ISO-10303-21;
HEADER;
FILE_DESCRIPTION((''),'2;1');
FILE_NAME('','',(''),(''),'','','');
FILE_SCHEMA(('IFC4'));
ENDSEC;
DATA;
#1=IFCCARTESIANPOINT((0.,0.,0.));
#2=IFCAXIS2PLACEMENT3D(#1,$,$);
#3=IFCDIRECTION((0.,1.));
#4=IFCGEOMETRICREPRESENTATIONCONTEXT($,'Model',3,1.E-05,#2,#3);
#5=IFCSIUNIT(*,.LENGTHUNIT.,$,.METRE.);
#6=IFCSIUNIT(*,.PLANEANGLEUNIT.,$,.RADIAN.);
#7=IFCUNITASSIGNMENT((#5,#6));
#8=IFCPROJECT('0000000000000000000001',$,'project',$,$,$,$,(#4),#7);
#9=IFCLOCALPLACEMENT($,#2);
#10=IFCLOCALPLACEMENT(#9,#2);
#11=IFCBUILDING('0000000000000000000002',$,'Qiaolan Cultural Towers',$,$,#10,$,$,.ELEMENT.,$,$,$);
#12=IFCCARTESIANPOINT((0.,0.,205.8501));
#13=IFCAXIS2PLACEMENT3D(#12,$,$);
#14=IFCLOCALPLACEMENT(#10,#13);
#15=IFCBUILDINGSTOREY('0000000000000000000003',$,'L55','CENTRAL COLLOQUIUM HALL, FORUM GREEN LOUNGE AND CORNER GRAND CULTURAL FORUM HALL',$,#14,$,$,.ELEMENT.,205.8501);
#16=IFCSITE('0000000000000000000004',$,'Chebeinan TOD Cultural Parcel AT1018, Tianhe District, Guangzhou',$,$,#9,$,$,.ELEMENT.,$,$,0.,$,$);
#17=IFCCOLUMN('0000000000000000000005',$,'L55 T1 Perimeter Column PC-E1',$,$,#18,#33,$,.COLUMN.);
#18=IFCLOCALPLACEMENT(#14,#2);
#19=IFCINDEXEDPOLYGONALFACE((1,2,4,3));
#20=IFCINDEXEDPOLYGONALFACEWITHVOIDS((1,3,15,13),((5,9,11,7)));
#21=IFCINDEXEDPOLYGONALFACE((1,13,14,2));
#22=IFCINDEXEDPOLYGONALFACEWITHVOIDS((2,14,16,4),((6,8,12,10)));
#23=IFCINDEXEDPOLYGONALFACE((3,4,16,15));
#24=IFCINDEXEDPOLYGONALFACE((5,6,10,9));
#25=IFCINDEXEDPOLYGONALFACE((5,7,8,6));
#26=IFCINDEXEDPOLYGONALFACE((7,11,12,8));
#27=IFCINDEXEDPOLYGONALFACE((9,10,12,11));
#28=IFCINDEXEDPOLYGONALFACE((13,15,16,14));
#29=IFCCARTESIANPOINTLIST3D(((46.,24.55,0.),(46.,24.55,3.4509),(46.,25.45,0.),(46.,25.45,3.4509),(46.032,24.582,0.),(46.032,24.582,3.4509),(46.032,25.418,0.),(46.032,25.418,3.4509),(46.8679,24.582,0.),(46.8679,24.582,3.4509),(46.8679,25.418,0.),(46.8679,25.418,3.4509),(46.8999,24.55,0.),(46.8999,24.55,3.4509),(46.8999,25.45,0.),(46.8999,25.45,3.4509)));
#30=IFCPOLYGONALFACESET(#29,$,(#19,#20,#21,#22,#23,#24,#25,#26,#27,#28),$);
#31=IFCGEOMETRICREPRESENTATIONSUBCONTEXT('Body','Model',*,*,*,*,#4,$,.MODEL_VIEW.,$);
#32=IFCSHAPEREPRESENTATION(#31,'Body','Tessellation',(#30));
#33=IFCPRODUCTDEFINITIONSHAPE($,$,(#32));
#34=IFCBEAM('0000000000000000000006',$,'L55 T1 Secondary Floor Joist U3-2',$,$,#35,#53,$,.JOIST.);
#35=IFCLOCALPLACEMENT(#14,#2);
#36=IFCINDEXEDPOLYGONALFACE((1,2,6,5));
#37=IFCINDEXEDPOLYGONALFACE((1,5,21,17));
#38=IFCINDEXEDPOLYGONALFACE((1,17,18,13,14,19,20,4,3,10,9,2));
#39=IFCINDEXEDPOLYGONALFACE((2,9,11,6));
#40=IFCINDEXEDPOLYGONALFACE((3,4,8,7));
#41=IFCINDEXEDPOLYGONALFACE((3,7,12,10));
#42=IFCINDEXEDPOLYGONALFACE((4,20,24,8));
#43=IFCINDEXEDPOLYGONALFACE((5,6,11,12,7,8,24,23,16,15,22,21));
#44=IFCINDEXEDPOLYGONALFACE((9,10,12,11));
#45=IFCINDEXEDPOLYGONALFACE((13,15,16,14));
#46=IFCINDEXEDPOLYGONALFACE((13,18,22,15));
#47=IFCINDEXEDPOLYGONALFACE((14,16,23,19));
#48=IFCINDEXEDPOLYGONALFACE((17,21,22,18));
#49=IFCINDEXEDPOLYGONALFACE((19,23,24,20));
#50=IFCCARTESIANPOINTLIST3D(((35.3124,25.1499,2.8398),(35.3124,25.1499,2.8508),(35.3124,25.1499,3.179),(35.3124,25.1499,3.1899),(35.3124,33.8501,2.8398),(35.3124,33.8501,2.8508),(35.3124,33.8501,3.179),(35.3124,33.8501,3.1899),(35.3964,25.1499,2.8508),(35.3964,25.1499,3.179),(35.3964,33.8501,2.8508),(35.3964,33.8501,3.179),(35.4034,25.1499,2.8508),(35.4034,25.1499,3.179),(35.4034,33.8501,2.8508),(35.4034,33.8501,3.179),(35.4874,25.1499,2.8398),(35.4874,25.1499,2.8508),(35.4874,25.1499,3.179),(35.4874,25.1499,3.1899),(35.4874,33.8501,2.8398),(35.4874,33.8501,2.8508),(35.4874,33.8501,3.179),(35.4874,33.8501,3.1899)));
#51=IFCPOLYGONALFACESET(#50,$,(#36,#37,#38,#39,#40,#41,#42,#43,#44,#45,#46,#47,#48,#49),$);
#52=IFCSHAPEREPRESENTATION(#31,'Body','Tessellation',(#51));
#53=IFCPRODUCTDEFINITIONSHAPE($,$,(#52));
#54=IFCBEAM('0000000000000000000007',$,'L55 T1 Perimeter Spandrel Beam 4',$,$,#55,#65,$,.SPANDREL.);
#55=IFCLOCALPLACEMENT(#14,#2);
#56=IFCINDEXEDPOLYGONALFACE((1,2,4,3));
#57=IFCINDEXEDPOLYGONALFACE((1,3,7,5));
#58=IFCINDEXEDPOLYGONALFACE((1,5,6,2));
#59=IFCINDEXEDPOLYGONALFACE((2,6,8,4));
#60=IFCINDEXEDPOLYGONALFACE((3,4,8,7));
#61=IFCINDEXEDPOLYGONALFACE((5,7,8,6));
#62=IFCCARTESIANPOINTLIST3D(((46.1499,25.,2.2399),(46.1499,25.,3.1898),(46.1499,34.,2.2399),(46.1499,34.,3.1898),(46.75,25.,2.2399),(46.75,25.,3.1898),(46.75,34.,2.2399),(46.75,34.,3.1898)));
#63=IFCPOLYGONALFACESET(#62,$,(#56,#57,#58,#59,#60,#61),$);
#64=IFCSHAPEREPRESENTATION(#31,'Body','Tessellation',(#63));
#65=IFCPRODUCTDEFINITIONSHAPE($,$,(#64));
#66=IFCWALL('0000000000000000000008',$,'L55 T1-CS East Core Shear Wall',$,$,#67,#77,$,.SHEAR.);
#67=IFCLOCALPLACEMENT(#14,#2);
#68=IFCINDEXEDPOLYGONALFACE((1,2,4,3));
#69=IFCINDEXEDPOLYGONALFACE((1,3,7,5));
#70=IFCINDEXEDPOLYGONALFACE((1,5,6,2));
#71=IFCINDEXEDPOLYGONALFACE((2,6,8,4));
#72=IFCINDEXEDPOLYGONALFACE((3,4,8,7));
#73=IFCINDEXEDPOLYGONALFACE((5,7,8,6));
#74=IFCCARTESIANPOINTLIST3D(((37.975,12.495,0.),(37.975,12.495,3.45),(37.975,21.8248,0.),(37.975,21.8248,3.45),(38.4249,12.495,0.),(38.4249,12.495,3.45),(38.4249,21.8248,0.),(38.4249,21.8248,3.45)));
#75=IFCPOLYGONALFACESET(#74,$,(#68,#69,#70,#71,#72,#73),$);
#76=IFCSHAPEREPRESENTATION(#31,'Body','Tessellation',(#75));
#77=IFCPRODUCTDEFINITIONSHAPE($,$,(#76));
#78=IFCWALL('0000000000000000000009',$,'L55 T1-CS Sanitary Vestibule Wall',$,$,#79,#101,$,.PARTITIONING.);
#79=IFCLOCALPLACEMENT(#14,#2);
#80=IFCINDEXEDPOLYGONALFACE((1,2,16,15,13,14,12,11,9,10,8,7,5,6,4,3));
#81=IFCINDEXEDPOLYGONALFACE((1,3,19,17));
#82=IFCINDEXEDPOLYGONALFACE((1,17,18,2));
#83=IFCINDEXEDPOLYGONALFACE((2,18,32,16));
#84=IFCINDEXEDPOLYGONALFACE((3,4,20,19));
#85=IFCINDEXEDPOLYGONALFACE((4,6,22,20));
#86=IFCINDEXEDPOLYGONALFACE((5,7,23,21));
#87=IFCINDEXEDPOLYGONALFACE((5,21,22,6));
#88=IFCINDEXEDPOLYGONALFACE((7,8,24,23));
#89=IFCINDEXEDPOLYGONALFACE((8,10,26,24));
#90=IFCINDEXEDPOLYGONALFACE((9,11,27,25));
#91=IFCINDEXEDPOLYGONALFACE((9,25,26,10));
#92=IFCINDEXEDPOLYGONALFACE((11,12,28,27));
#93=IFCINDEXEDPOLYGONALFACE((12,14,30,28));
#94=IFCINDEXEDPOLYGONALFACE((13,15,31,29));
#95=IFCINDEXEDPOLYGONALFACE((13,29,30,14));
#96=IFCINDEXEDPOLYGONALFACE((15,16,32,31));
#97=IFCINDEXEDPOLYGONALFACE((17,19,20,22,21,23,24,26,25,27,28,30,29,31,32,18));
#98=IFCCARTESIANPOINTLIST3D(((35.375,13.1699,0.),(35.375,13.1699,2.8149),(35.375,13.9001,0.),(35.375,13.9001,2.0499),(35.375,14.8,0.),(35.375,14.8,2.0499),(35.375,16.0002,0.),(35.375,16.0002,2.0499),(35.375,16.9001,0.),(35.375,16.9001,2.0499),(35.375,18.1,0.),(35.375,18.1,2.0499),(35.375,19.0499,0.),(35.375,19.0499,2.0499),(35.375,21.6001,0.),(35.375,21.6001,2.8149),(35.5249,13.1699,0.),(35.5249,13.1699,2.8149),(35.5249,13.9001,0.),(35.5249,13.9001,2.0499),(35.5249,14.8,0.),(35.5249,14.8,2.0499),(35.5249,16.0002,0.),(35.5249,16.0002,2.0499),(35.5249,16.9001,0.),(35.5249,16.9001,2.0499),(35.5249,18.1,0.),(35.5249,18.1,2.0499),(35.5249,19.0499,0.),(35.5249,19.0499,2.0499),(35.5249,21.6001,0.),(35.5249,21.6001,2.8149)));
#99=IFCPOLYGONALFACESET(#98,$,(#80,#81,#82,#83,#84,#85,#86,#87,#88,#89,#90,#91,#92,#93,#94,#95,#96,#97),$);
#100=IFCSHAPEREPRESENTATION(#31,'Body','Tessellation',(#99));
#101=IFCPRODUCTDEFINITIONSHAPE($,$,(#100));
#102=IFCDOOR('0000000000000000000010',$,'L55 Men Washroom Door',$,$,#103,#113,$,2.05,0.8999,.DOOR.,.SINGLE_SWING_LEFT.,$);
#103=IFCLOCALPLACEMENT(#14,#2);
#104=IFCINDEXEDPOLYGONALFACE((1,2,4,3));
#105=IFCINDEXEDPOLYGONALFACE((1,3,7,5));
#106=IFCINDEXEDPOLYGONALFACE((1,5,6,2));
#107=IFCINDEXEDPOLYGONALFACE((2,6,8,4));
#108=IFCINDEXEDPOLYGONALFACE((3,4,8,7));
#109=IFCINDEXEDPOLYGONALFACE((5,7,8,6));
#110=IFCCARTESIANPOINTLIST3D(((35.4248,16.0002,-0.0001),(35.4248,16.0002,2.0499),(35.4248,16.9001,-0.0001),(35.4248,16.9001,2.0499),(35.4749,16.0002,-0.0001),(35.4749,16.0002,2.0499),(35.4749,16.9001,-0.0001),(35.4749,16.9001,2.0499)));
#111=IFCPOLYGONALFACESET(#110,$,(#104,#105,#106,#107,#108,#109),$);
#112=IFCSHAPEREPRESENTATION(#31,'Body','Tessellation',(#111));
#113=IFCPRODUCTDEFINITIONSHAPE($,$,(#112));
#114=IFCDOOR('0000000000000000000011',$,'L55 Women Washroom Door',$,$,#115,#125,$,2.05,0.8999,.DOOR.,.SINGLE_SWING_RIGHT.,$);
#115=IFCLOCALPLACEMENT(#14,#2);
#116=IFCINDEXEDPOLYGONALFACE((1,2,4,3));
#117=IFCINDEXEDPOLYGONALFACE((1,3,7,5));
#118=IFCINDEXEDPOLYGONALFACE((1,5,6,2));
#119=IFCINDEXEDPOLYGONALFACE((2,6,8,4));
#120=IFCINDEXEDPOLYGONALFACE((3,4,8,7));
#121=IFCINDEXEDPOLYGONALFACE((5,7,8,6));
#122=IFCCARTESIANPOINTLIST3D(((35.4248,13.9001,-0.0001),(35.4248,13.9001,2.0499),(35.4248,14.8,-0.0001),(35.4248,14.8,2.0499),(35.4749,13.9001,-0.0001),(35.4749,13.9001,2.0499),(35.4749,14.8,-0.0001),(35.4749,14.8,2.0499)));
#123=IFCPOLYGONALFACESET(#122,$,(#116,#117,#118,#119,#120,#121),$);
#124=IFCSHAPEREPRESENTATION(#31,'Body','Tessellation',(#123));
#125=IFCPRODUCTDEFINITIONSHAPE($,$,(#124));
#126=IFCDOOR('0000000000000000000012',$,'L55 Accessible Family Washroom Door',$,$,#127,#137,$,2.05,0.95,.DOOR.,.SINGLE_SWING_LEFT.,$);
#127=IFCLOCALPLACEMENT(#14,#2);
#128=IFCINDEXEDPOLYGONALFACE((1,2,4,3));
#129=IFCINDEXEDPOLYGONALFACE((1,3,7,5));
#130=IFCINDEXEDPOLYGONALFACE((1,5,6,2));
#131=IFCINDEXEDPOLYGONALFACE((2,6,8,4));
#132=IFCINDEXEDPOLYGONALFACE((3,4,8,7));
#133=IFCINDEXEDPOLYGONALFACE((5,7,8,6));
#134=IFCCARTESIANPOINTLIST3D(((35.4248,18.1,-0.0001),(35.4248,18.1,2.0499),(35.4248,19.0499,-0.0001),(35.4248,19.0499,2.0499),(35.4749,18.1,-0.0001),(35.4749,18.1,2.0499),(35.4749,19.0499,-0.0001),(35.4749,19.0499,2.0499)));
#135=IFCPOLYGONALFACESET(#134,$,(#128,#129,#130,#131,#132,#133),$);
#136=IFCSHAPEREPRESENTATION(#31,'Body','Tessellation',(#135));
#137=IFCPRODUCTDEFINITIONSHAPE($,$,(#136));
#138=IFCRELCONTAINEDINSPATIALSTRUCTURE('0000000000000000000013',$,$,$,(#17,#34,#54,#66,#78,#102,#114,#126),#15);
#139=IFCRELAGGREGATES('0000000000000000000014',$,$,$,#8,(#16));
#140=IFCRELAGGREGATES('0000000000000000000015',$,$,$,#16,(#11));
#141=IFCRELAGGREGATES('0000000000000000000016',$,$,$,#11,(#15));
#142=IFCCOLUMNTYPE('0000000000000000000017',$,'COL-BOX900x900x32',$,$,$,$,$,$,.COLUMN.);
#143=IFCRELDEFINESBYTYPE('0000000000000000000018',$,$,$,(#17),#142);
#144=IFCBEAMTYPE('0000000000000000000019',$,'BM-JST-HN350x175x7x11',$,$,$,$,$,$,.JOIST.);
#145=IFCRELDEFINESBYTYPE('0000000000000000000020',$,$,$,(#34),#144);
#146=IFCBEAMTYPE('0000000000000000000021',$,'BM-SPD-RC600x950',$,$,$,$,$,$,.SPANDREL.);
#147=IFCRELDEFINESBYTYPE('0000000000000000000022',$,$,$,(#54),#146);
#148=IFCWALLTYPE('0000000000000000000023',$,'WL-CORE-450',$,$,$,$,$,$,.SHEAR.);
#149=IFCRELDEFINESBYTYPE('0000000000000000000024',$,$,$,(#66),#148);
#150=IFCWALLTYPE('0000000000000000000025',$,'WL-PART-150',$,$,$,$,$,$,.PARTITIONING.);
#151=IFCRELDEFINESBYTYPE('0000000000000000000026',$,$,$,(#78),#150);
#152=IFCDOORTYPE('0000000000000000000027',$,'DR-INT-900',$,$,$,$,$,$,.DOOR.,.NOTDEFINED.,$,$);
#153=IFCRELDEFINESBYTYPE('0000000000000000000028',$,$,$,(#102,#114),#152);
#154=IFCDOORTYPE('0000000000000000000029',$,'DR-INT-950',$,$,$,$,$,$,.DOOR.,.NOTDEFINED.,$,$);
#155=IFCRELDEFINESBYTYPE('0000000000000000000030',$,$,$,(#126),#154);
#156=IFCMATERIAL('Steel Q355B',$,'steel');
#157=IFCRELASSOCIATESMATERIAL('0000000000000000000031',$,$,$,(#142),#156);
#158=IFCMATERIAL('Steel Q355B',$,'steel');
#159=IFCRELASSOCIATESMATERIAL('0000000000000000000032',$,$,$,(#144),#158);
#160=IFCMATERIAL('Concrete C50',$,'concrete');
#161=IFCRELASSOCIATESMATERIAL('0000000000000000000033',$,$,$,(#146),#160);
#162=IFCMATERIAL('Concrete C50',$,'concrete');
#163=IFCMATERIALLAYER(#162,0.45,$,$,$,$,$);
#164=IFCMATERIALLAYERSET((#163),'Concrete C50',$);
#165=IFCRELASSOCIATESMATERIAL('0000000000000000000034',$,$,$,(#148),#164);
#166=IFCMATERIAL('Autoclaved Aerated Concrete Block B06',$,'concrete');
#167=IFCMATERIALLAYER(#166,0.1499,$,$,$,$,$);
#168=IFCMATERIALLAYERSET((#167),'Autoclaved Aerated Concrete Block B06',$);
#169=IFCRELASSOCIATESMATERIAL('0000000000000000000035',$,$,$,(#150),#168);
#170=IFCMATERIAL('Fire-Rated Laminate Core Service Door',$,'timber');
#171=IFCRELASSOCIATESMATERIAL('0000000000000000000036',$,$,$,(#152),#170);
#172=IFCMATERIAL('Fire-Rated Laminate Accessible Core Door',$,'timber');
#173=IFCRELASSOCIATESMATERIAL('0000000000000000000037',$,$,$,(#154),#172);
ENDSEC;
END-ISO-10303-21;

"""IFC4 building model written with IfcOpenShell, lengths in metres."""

from ifc_helpers import new_model, si_unit, direction, frame, frame_2d, origin, origin_2d, place, context, subcontext, project, spatial, rectangle, hollow_rectangle, i_section, extrude, material, layer, layer_set, material_profile, profile_set, type_object, element, fill, save


model = new_model("IFC4")

# Units and contexts
model_context = context("Model", 3, precision=1e-05, world=origin(), true_north=direction((0.0, 1.0)))
body_context = subcontext(model_context, "Body", "Model", "MODEL_VIEW")
ifc_project = project(units=[si_unit("LENGTHUNIT", "METRE"), si_unit("PLANEANGLEUNIT", "RADIAN")], contexts=[model_context])

# Site, building, storey
site_placement = place(None, origin())
site = spatial("IfcSite", under=ifc_project, at=site_placement, Name="Chebeinan TOD Cultural Parcel AT1018, Tianhe District, Guangzhou", CompositionType="ELEMENT", RefElevation=0.0)
building_placement = place(site_placement, origin())
building = spatial("IfcBuilding", under=site, at=building_placement, Name="Qiaolan Cultural Towers", CompositionType="ELEMENT")
storey_placement = place(building_placement, frame((0.0, 0.0, 205.8501)))
storey = spatial("IfcBuildingStorey", under=building, at=storey_placement, Name="L55", Description="CENTRAL COLLOQUIUM HALL, FORUM GREEN LOUNGE AND CORNER GRAND CULTURAL FORUM HALL", CompositionType="ELEMENT", Elevation=205.8501)

# Column
ifc_material_1 = material(Name="Steel Q355B", Category="steel")
ifc_material_profile_1 = material_profile(ifc_material_1, hollow_rectangle(XDim=0.8999, YDim=0.8999, WallThickness=0.032, at=origin_2d()), Name="BOX900x900x32")
ifc_profile_set_1 = profile_set([ifc_material_profile_1], Name="Steel Q355B")
column_type = type_object("IfcColumnType", Name="COL-BOX900x900x32", PredefinedType="COLUMN", material=ifc_profile_set_1)
column_placement = place(storey_placement, frame((46.45, 25.0, 0.0), z_axis=(0.0, 0.0, 1.0), x_axis=(1.0, 0.0, 0.0)))
element("IfcColumn", 1, at=column_placement, inside=storey, type_object=column_type, Name="L55 T1 Perimeter Column PC-E1", PredefinedType="COLUMN", context=body_context, shape_type="SweptSolid", body=[
    extrude(hollow_rectangle(XDim=0.8999, YDim=0.8999, WallThickness=0.032, at=origin_2d()), origin(), (0.0, 0.0, 1.0), 3.4509),
])

# Beams
ifc_material_2 = material(Name="Steel Q355B", Category="steel")
ifc_material_profile_2 = material_profile(ifc_material_2, i_section(OverallWidth=0.175, OverallDepth=0.3501, WebThickness=0.0071, FlangeThickness=0.011, at=origin_2d()), Name="HN350x175x7x11")
ifc_profile_set_2 = profile_set([ifc_material_profile_2], Name="Steel Q355B")
beam_type_1 = type_object("IfcBeamType", Name="BM-JST-HN350x175x7x11", PredefinedType="JOIST", material=ifc_profile_set_2)
beam_1_placement = place(storey_placement, frame((35.3999, 25.1499, 3.0149), z_axis=(0.0, 1.0, 0.0), x_axis=(-1.0, 0.0, 0.0)))
element("IfcBeam", 2, at=beam_1_placement, inside=storey, type_object=beam_type_1, Name="L55 T1 Secondary Floor Joist U3-2", PredefinedType="JOIST", context=body_context, shape_type="SweptSolid", body=[
    extrude(i_section(OverallWidth=0.175, OverallDepth=0.3501, WebThickness=0.0071, FlangeThickness=0.011, at=origin_2d()), origin(), (0.0, 0.0, 1.0), 8.7002),
])
ifc_material_3 = material(Name="Concrete C50", Category="concrete")
ifc_material_profile_3 = material_profile(ifc_material_3, rectangle(XDim=0.6001, YDim=0.95, at=origin_2d()), Name="RC600x950")
ifc_profile_set_3 = profile_set([ifc_material_profile_3], Name="Concrete C50")
beam_type_2 = type_object("IfcBeamType", Name="BM-SPD-RC600x950", PredefinedType="SPANDREL", material=ifc_profile_set_3)
beam_2_placement = place(storey_placement, frame((46.45, 25.0, 2.7148), z_axis=(0.0, 1.0, 0.0), x_axis=(-1.0, 0.0, 0.0)))
element("IfcBeam", 3, at=beam_2_placement, inside=storey, type_object=beam_type_2, Name="L55 T1 Perimeter Spandrel Beam 4", PredefinedType="SPANDREL", context=body_context, shape_type="SweptSolid", body=[
    extrude(rectangle(XDim=0.6001, YDim=0.95, at=origin_2d()), origin(), (0.0, 0.0, 1.0), 9.0),
])

# Wall
ifc_material_4 = material(Name="Concrete C50", Category="concrete")
ifc_layer_1 = layer(ifc_material_4, 0.45)
ifc_layer_set_1 = layer_set([ifc_layer_1], Name="Concrete C50")
wall_type_1 = type_object("IfcWallType", Name="WL-CORE-450", PredefinedType="SHEAR", material=ifc_layer_set_1)
wall_1_placement = place(storey_placement, frame((38.2, 21.825, 0.0), z_axis=(0.0, 0.0, 1.0), x_axis=(0.0, -1.0, 0.0)))
element("IfcWall", 4, at=wall_1_placement, inside=storey, type_object=wall_type_1, Name="L55 T1-CS East Core Shear Wall", PredefinedType="SHEAR", context=body_context, shape_type="SweptSolid", body=[
    extrude(rectangle(XDim=9.3298, YDim=0.45, at=frame_2d((4.665, 0.0))), origin(), (0.0, 0.0, 1.0), 3.45),
])

# Wall, openings, doors
ifc_material_5 = material(Name="Autoclaved Aerated Concrete Block B06", Category="concrete")
ifc_layer_2 = layer(ifc_material_5, 0.1499)
ifc_layer_set_2 = layer_set([ifc_layer_2], Name="Autoclaved Aerated Concrete Block B06")
wall_type_2 = type_object("IfcWallType", Name="WL-PART-150", PredefinedType="PARTITIONING", material=ifc_layer_set_2)
wall_2_placement = place(storey_placement, frame((35.45, 21.6001, 0.0), z_axis=(0.0, 0.0, 1.0), x_axis=(0.0, -1.0, 0.0)))
wall_2 = element("IfcWall", 5, at=wall_2_placement, inside=storey, type_object=wall_type_2, Name="L55 T1-CS Sanitary Vestibule Wall", PredefinedType="PARTITIONING", context=body_context, shape_type="SweptSolid", body=[
    extrude(rectangle(XDim=8.4302, YDim=0.1499, at=frame_2d((4.2151, 0.0))), origin(), (0.0, 0.0, 1.0), 2.8149),
])
opening_1_placement = place(wall_2_placement, frame((2.55, 0.0, 0.0)))
opening_1 = element("IfcOpeningElement", 6, at=opening_1_placement, cuts=wall_2, PredefinedType="OPENING", context=body_context, shape_type="SweptSolid", body=[
    extrude(rectangle(XDim=0.95, YDim=2.05, at=frame_2d((0.4751, 1.0249))), frame((0.0, 0.085, 0.0), z_axis=(0.0, -1.0, 0.0), x_axis=(1.0, 0.0, 0.0)), (0.0, 0.0, 1.0), 0.1699),
])
opening_2_placement = place(wall_2_placement, frame((4.7, 0.0, 0.0)))
opening_2 = element("IfcOpeningElement", 7, at=opening_2_placement, cuts=wall_2, PredefinedType="OPENING", context=body_context, shape_type="SweptSolid", body=[
    extrude(rectangle(XDim=0.8999, YDim=2.05, at=frame_2d((0.45, 1.0249))), frame((0.0, 0.085, 0.0), z_axis=(0.0, -1.0, 0.0), x_axis=(1.0, 0.0, 0.0)), (0.0, 0.0, 1.0), 0.1699),
])
opening_3_placement = place(wall_2_placement, frame((6.8, 0.0, 0.0)))
opening_3 = element("IfcOpeningElement", 8, at=opening_3_placement, cuts=wall_2, PredefinedType="OPENING", context=body_context, shape_type="SweptSolid", body=[
    extrude(rectangle(XDim=0.8999, YDim=2.05, at=frame_2d((0.45, 1.0249))), frame((0.0, 0.085, 0.0), z_axis=(0.0, -1.0, 0.0), x_axis=(1.0, 0.0, 0.0)), (0.0, 0.0, 1.0), 0.1699),
])
ifc_material_6 = material(Name="Fire-Rated Laminate Core Service Door", Category="timber")
door_type_1 = type_object("IfcDoorType", Name="DR-INT-900", OperationType="NOTDEFINED", PredefinedType="DOOR", material=ifc_material_6)
door_1_placement = place(opening_2_placement, origin())
door_1 = element("IfcDoor", 9, at=door_1_placement, inside=storey, type_object=door_type_1, Name="L55 Men Washroom Door", OperationType="SINGLE_SWING_LEFT", OverallHeight=2.05, OverallWidth=0.8999, PredefinedType="DOOR", context=body_context, shape_type="SweptSolid", body=[
    extrude(rectangle(XDim=0.8999, YDim=2.05, at=frame_2d((0.45, 1.0249))), frame((0.0, 0.0249, 0.0), z_axis=(0.0, -1.0, 0.0), x_axis=(1.0, 0.0, 0.0)), (0.0, 0.0, 1.0), 0.05),
])
fill(opening_2, door_1)
door_2_placement = place(opening_3_placement, origin())
door_2 = element("IfcDoor", 10, at=door_2_placement, inside=storey, type_object=door_type_1, Name="L55 Women Washroom Door", OperationType="SINGLE_SWING_RIGHT", OverallHeight=2.05, OverallWidth=0.8999, PredefinedType="DOOR", context=body_context, shape_type="SweptSolid", body=[
    extrude(rectangle(XDim=0.8999, YDim=2.05, at=frame_2d((0.45, 1.0249))), frame((0.0, 0.0249, 0.0), z_axis=(0.0, -1.0, 0.0), x_axis=(1.0, 0.0, 0.0)), (0.0, 0.0, 1.0), 0.05),
])
fill(opening_3, door_2)
ifc_material_7 = material(Name="Fire-Rated Laminate Accessible Core Door", Category="timber")
door_type_2 = type_object("IfcDoorType", Name="DR-INT-950", OperationType="NOTDEFINED", PredefinedType="DOOR", material=ifc_material_7)
door_3_placement = place(opening_1_placement, origin())
door_3 = element("IfcDoor", 11, at=door_3_placement, inside=storey, type_object=door_type_2, Name="L55 Accessible Family Washroom Door", OperationType="SINGLE_SWING_LEFT", OverallHeight=2.05, OverallWidth=0.95, PredefinedType="DOOR", context=body_context, shape_type="SweptSolid", body=[
    extrude(rectangle(XDim=0.95, YDim=2.05, at=frame_2d((0.4751, 1.0249))), frame((0.0, 0.0249, 0.0), z_axis=(0.0, -1.0, 0.0), x_axis=(1.0, 0.0, 0.0)), (0.0, 0.0, 1.0), 0.05),
])
fill(opening_1, door_3)

save(model, "model.ifc")
